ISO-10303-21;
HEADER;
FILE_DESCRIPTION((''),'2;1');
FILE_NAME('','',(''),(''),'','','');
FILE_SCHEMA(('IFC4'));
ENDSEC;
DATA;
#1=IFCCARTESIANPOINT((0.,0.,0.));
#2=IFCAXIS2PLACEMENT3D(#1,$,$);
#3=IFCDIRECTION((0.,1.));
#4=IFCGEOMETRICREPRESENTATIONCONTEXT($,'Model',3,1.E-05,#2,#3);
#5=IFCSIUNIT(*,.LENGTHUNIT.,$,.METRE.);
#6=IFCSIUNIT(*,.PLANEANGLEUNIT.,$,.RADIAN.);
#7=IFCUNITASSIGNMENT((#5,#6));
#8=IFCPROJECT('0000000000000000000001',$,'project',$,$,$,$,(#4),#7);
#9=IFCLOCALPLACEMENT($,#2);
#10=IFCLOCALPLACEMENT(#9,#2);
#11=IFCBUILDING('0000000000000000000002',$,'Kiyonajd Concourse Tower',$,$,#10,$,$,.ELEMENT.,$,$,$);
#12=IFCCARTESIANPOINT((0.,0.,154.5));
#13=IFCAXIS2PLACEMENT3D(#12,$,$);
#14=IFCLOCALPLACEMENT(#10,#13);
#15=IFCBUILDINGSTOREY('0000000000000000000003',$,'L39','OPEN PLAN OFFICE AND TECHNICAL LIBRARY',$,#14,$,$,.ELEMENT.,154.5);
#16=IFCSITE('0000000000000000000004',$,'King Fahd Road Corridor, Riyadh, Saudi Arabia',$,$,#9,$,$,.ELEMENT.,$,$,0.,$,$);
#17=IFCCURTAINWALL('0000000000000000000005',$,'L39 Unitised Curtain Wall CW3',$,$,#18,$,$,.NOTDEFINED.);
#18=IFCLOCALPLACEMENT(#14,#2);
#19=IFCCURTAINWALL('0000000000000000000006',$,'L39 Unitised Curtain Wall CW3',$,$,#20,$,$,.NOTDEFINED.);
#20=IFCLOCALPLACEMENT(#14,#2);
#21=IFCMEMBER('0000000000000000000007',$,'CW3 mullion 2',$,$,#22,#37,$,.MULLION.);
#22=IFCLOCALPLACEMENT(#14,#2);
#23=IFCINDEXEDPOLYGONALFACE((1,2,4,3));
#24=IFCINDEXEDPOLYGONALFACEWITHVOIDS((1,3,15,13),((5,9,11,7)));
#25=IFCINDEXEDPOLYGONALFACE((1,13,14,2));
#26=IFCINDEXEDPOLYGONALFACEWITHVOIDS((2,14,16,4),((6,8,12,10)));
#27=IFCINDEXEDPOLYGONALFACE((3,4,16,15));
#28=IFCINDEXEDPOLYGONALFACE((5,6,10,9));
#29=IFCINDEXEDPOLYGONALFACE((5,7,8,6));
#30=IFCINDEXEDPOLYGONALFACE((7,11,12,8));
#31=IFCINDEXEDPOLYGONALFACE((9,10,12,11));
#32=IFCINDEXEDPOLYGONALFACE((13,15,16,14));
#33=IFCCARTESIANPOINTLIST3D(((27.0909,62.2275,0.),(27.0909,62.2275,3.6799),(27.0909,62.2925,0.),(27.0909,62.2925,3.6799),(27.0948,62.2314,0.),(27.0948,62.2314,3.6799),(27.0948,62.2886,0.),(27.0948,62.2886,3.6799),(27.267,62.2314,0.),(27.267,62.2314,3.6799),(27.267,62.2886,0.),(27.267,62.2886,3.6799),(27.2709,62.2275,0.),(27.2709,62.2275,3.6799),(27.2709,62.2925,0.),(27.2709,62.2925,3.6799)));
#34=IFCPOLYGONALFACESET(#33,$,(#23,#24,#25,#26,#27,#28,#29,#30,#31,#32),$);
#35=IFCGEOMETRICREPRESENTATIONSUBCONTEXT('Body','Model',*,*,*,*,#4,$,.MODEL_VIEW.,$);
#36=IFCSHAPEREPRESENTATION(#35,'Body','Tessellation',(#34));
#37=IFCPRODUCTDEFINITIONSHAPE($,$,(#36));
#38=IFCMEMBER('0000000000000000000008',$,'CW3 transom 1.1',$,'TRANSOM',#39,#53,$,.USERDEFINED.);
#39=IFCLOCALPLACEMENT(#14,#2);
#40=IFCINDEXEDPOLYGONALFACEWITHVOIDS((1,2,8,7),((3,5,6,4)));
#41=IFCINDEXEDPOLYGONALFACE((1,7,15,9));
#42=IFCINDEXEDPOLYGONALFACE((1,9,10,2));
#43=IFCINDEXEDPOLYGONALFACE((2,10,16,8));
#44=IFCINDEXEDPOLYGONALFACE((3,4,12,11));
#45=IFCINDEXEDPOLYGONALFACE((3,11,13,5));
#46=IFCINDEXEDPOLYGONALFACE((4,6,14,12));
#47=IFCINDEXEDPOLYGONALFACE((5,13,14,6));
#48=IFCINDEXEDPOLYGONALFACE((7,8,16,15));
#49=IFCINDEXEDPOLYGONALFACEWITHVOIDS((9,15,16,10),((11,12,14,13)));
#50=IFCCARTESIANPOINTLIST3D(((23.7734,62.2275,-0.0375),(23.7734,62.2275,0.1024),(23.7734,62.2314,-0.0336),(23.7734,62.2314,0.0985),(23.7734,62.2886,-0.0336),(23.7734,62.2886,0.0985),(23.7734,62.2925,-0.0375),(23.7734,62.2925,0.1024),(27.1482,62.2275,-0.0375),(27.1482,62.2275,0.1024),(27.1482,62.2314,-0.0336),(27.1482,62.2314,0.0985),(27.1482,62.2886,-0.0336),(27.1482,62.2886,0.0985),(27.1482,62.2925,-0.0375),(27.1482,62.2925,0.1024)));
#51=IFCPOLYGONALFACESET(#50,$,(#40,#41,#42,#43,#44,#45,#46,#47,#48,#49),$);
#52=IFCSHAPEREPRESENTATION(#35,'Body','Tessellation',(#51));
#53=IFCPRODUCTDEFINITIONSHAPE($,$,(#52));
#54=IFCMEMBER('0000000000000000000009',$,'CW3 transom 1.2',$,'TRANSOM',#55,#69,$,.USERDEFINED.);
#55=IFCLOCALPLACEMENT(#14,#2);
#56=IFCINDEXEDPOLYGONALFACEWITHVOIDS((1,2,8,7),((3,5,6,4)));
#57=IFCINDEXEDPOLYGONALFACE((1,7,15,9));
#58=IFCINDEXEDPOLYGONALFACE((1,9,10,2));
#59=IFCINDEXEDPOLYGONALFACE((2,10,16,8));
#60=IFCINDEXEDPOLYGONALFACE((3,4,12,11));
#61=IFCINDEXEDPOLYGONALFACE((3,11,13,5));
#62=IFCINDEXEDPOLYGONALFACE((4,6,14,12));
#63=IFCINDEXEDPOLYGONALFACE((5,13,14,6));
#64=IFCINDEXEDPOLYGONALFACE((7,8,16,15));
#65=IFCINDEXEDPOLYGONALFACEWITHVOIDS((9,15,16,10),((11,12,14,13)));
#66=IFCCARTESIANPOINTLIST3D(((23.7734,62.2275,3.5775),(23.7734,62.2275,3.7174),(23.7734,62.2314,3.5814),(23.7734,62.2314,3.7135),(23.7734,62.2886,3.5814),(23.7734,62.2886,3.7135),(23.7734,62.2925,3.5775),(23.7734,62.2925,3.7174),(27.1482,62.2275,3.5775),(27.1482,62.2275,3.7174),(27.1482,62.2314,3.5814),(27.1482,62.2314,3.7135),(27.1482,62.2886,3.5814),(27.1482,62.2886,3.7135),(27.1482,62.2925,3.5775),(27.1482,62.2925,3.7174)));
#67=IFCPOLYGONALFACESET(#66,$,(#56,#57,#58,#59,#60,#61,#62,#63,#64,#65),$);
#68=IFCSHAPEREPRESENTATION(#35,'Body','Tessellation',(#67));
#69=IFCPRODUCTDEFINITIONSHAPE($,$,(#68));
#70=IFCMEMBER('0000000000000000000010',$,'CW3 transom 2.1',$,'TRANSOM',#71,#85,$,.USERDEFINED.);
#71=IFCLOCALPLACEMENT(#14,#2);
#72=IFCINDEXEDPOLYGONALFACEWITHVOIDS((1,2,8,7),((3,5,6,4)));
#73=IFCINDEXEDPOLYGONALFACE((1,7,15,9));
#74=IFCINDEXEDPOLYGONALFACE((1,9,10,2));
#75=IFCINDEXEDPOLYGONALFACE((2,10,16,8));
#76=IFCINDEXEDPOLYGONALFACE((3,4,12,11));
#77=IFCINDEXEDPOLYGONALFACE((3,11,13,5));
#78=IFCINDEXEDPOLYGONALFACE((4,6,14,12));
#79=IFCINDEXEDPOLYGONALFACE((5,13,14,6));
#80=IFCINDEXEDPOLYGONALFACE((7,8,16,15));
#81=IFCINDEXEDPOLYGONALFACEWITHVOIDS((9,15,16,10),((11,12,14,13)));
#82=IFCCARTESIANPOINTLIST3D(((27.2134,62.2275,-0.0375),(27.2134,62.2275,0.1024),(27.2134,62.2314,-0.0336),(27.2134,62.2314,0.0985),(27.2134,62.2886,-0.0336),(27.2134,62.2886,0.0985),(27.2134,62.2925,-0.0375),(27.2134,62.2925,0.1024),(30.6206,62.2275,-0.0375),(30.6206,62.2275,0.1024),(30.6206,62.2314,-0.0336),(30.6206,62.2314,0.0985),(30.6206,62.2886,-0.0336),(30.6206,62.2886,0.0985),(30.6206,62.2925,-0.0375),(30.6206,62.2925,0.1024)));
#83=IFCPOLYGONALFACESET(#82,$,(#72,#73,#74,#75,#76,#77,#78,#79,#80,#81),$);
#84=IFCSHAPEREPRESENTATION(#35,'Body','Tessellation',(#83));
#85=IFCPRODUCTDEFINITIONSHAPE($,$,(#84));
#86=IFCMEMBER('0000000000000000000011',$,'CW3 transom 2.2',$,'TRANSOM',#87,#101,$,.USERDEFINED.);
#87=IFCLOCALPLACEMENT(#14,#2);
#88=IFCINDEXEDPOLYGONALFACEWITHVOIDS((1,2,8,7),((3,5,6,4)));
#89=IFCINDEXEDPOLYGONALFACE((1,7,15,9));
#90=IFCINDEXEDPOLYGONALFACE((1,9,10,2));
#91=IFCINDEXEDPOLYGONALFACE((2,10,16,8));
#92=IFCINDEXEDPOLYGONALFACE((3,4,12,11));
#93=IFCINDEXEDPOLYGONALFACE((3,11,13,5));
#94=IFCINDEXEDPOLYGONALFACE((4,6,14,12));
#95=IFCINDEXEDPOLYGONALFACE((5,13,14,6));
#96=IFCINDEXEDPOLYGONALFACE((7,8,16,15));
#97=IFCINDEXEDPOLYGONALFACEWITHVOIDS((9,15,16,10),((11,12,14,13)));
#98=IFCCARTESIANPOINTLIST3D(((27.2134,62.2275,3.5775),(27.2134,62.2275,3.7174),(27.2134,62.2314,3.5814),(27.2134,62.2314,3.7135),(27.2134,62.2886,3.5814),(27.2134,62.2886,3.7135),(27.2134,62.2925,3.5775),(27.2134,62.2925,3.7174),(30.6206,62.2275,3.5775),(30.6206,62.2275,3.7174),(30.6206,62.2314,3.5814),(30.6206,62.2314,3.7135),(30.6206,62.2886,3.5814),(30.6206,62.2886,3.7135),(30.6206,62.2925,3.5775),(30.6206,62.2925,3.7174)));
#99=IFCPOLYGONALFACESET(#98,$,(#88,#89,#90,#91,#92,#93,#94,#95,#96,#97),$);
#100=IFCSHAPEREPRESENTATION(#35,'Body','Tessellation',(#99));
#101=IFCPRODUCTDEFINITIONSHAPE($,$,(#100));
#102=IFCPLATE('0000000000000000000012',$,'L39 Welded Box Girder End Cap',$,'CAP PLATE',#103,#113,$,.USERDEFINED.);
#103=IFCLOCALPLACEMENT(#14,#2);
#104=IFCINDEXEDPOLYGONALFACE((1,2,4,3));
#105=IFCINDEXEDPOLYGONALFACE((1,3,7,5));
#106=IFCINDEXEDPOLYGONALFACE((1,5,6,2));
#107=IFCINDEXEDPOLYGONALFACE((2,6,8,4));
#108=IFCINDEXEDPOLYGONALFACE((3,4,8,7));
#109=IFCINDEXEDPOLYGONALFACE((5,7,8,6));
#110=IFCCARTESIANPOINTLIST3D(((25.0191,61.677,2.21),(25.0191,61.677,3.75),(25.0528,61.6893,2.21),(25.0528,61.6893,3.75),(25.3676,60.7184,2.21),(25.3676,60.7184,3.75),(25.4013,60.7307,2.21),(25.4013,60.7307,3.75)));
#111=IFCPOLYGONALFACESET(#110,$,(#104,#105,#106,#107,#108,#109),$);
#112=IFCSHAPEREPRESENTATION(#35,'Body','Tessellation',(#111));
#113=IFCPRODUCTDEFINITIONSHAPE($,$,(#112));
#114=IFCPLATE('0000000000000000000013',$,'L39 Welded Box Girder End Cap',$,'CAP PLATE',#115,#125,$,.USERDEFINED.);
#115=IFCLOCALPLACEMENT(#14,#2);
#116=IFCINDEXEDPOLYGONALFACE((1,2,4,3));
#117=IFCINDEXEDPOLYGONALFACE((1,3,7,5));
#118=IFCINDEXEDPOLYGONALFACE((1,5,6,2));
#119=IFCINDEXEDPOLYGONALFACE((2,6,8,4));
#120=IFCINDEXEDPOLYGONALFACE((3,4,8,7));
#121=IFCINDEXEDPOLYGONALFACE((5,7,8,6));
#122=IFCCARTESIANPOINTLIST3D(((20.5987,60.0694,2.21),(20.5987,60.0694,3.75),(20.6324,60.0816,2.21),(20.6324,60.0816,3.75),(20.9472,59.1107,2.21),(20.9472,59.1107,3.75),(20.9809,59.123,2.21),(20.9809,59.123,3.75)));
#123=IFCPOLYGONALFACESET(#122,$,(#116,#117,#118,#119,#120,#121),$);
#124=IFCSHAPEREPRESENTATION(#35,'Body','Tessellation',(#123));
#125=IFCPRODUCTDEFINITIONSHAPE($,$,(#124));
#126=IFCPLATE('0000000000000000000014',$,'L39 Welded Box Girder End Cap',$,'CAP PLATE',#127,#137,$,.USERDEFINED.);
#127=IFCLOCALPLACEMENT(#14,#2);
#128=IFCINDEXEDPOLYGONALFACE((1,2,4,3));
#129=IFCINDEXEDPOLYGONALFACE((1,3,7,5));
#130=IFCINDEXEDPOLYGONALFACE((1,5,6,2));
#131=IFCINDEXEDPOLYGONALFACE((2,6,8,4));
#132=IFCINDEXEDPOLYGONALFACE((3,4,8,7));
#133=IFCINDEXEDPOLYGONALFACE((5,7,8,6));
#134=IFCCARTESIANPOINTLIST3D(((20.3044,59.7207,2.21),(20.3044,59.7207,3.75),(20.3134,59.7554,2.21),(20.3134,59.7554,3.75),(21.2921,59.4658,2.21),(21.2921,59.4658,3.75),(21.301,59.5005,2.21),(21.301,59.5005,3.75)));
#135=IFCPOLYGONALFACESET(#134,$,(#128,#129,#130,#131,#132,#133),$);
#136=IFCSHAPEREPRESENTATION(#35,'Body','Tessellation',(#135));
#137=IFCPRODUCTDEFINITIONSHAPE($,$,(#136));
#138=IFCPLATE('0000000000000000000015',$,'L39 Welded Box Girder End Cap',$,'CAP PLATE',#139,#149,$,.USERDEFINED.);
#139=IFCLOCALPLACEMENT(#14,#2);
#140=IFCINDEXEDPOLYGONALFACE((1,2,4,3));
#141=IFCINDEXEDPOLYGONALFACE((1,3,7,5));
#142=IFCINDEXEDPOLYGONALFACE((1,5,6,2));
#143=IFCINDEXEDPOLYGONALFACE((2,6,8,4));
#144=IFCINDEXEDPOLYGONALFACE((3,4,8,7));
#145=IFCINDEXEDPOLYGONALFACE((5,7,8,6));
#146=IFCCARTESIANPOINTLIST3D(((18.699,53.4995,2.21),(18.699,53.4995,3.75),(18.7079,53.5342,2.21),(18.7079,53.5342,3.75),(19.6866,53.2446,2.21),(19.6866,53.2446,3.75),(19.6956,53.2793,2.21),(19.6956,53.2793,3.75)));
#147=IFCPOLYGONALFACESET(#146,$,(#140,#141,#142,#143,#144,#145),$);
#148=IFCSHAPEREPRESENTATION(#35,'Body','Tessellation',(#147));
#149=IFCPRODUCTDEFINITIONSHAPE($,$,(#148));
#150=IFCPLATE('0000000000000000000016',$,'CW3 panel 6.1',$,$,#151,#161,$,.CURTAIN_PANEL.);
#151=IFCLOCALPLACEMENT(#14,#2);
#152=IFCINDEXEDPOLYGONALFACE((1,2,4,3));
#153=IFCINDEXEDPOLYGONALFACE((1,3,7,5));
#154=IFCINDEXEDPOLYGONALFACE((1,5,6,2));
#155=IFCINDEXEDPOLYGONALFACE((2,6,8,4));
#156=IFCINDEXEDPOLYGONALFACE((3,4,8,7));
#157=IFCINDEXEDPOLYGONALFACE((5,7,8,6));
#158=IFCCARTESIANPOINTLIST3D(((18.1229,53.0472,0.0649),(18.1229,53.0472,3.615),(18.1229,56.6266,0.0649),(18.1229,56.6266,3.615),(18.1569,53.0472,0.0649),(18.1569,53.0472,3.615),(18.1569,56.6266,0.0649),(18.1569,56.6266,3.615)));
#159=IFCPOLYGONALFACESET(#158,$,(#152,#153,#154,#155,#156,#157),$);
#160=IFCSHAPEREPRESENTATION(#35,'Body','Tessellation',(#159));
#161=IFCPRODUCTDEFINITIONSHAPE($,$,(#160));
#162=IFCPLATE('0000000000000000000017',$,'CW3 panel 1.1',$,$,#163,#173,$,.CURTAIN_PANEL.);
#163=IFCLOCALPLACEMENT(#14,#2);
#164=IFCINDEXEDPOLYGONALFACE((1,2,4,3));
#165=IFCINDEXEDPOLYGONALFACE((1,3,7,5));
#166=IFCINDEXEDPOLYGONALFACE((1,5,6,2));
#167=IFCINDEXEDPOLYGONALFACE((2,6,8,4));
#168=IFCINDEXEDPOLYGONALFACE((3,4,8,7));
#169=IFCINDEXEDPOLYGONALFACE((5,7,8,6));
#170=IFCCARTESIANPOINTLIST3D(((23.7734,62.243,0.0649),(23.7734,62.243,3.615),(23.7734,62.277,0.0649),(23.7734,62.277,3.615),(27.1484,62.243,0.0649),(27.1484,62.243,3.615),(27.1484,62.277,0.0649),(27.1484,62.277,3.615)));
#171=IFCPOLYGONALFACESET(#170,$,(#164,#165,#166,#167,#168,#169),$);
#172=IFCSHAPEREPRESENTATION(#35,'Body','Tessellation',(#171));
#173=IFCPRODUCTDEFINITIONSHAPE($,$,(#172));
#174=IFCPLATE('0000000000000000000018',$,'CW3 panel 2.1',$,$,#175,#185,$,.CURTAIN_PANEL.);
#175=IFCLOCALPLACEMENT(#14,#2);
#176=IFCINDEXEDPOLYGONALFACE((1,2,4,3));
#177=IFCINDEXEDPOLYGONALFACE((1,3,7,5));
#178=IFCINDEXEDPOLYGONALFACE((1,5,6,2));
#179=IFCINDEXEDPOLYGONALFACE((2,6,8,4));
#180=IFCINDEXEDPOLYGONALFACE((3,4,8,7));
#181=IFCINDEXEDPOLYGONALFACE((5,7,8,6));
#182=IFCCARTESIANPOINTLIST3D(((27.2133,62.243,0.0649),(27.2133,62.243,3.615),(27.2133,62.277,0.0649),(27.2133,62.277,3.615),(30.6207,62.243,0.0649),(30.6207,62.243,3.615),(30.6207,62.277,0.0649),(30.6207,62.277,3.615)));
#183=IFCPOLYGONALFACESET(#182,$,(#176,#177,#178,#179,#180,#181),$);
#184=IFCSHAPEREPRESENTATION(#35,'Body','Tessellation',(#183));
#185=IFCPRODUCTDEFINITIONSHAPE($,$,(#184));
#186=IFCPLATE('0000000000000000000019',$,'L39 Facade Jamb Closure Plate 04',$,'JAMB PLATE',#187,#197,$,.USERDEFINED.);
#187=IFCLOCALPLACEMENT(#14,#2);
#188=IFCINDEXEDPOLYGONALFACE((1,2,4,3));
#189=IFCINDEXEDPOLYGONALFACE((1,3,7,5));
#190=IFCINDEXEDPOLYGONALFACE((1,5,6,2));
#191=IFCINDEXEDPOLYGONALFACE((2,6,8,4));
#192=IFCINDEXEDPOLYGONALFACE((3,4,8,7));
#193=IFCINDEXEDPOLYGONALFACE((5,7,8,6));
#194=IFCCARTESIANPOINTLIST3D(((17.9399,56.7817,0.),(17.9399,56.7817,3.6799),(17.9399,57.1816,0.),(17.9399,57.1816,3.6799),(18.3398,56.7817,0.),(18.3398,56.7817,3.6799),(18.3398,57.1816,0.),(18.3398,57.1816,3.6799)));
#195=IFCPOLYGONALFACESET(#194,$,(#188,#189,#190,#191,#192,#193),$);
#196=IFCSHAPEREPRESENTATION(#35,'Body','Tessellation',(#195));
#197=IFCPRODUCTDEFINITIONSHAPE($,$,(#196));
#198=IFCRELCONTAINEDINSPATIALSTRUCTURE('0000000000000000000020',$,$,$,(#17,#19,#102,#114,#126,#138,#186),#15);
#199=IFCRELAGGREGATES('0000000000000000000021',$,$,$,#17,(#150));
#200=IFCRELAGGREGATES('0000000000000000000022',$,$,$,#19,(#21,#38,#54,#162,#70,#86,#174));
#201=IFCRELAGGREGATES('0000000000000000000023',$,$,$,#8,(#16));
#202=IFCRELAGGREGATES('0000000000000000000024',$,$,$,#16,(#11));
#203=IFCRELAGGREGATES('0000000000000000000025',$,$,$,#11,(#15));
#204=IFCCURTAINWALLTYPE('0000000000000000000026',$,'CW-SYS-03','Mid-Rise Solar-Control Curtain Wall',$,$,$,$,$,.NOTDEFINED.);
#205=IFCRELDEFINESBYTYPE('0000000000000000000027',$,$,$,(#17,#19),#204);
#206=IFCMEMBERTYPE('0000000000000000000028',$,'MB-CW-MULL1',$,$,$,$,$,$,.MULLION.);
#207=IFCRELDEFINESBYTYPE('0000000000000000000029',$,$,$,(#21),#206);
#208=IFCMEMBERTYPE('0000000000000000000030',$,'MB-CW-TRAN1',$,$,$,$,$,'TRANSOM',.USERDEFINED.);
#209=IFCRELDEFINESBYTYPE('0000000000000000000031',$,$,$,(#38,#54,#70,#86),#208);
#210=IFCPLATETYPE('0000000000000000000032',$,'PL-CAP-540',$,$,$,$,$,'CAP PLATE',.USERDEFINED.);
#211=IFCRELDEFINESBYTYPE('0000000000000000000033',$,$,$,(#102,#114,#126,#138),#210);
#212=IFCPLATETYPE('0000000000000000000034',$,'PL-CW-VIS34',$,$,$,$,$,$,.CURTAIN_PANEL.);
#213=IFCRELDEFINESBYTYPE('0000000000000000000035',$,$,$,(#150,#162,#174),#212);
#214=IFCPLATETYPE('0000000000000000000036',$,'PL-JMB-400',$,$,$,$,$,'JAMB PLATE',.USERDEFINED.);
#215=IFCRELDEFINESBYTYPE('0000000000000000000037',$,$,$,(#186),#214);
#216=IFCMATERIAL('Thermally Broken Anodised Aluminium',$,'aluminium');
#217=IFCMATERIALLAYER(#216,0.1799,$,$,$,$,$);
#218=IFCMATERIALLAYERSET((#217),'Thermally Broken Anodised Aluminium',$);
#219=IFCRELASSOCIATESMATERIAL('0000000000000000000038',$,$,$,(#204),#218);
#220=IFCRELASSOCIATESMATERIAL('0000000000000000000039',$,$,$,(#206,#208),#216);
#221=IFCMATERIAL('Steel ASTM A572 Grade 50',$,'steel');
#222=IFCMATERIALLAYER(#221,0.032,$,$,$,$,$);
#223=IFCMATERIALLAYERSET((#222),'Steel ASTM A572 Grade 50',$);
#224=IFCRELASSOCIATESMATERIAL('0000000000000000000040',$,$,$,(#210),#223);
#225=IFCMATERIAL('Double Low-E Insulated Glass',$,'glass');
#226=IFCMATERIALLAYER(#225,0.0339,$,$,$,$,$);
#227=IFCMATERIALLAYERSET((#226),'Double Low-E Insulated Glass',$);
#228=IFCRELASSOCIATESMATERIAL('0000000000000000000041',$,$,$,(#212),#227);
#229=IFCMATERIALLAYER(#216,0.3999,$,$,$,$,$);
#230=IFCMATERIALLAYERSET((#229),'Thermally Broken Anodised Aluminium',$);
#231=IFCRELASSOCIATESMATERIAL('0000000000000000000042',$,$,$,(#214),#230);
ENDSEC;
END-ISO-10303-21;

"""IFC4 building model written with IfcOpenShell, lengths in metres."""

from ifc_helpers import new_model, si_unit, direction, frame, origin, origin_2d, place, context, subcontext, project, spatial, rectangle, hollow_rectangle, extrude, material, layer, layer_set, material_profile, profile_set, type_object, element, aggregate, save


model = new_model("IFC4")

# Units and contexts
model_context = context("Model", 3, precision=1e-05, world=origin(), true_north=direction((0.0, 1.0)))
body_context = subcontext(model_context, "Body", "Model", "MODEL_VIEW")
ifc_project = project(units=[si_unit("LENGTHUNIT", "METRE"), si_unit("PLANEANGLEUNIT", "RADIAN")], contexts=[model_context])

# Site, building, storey
site_placement = place(None, origin())
site = spatial("IfcSite", under=ifc_project, at=site_placement, Name="King Fahd Road Corridor, Riyadh, Saudi Arabia", CompositionType="ELEMENT", RefElevation=0.0)
building_placement = place(site_placement, origin())
building = spatial("IfcBuilding", under=site, at=building_placement, Name="Kiyonajd Concourse Tower", CompositionType="ELEMENT")
storey_placement = place(building_placement, frame((0.0, 0.0, 154.5)))
storey = spatial("IfcBuildingStorey", under=building, at=storey_placement, Name="L39", Description="OPEN PLAN OFFICE AND TECHNICAL LIBRARY", CompositionType="ELEMENT", Elevation=154.5)

# Shared definitions
ifc_material_1 = material(Name="Steel ASTM A572 Grade 50", Category="steel")

# Curtain wall
ifc_material_2 = material(Name="Thermally Broken Anodised Aluminium", Category="aluminium")
ifc_layer_1 = layer(ifc_material_2, 0.1799)
ifc_layer_set_1 = layer_set([ifc_layer_1], Name="Thermally Broken Anodised Aluminium")
curtain_wall_type = type_object("IfcCurtainWallType", Name="CW-SYS-03", Description="Mid-Rise Solar-Control Curtain Wall", PredefinedType="NOTDEFINED", material=ifc_layer_set_1)
curtain_wall_1_placement = place(storey_placement, origin())
curtain_wall_1 = element("IfcCurtainWall", 1, at=curtain_wall_1_placement, inside=storey, type_object=curtain_wall_type, Name="L39 Unitised Curtain Wall CW3", PredefinedType="NOTDEFINED")
ifc_material_profile_1 = material_profile(ifc_material_2, hollow_rectangle(XDim=0.0649, YDim=0.1799, WallThickness=0.0039, at=origin_2d()), Name="MULL-65x180")
ifc_profile_set_1 = profile_set([ifc_material_profile_1], Name="Thermally Broken Anodised Aluminium")
member_type_1 = type_object("IfcMemberType", Name="MB-CW-MULL1", PredefinedType="MULLION", material=ifc_profile_set_1)

# Curtain wall, members
curtain_wall_2_placement = place(storey_placement, origin())
curtain_wall_2 = element("IfcCurtainWall", 2, at=curtain_wall_2_placement, inside=storey, type_object=curtain_wall_type, Name="L39 Unitised Curtain Wall CW3", PredefinedType="NOTDEFINED")
member_1_placement = place(storey_placement, frame((27.1809, 62.26, 0.0), z_axis=(0.0, 0.0, 1.0), x_axis=(0.0, 1.0, 0.0)))
member_1 = element("IfcMember", 3, at=member_1_placement, type_object=member_type_1, Name="CW3 mullion 2", PredefinedType="MULLION", context=body_context, shape_type="SweptSolid", body=[
    extrude(hollow_rectangle(XDim=0.0649, YDim=0.1799, WallThickness=0.0039, at=origin_2d()), origin(), (0.0, 0.0, 1.0), 3.6799),
])
ifc_material_profile_2 = material_profile(ifc_material_2, hollow_rectangle(XDim=0.0649, YDim=0.1399, WallThickness=0.0039, at=origin_2d()), Name="TRAN-65x140")
ifc_profile_set_2 = profile_set([ifc_material_profile_2], Name="Thermally Broken Anodised Aluminium")
member_type_2 = type_object("IfcMemberType", Name="MB-CW-TRAN1", ElementType="TRANSOM", PredefinedType="USERDEFINED", material=ifc_profile_set_2)
member_2_placement = place(storey_placement, frame((23.7734, 62.26, 0.0325), z_axis=(1.0, 0.0, 0.0), x_axis=(0.0, 1.0, 0.0)))
member_2 = element("IfcMember", 4, at=member_2_placement, type_object=member_type_2, Name="CW3 transom 1.1", ObjectType="TRANSOM", PredefinedType="USERDEFINED", context=body_context, shape_type="SweptSolid", body=[
    extrude(hollow_rectangle(XDim=0.0649, YDim=0.1399, WallThickness=0.0039, at=origin_2d()), origin(), (0.0, 0.0, 1.0), 3.3748),
])
member_3_placement = place(storey_placement, frame((23.7734, 62.26, 3.6475), z_axis=(1.0, 0.0, 0.0), x_axis=(0.0, 1.0, 0.0)))
member_3 = element("IfcMember", 5, at=member_3_placement, type_object=member_type_2, Name="CW3 transom 1.2", ObjectType="TRANSOM", PredefinedType="USERDEFINED", context=body_context, shape_type="SweptSolid", body=[
    extrude(hollow_rectangle(XDim=0.0649, YDim=0.1399, WallThickness=0.0039, at=origin_2d()), origin(), (0.0, 0.0, 1.0), 3.3748),
])
member_4_placement = place(storey_placement, frame((27.2134, 62.26, 0.0325), z_axis=(1.0, 0.0, 0.0), x_axis=(0.0, 1.0, 0.0)))
member_4 = element("IfcMember", 6, at=member_4_placement, type_object=member_type_2, Name="CW3 transom 2.1", ObjectType="TRANSOM", PredefinedType="USERDEFINED", context=body_context, shape_type="SweptSolid", body=[
    extrude(hollow_rectangle(XDim=0.0649, YDim=0.1399, WallThickness=0.0039, at=origin_2d()), origin(), (0.0, 0.0, 1.0), 3.4072),
])
member_5_placement = place(storey_placement, frame((27.2134, 62.26, 3.6475), z_axis=(1.0, 0.0, 0.0), x_axis=(0.0, 1.0, 0.0)))
member_5 = element("IfcMember", 7, at=member_5_placement, type_object=member_type_2, Name="CW3 transom 2.2", ObjectType="TRANSOM", PredefinedType="USERDEFINED", context=body_context, shape_type="SweptSolid", body=[
    extrude(hollow_rectangle(XDim=0.0649, YDim=0.1399, WallThickness=0.0039, at=origin_2d()), origin(), (0.0, 0.0, 1.0), 3.4072),
])

# Plates
ifc_layer_2 = layer(ifc_material_1, 0.032)
ifc_layer_set_2 = layer_set([ifc_layer_2], Name="Steel ASTM A572 Grade 50")
plate_type_1 = type_object("IfcPlateType", Name="PL-CAP-540", ElementType="CAP PLATE", PredefinedType="USERDEFINED", material=ifc_layer_set_2)
for number, where, z_axis, x_axis, name in (
    (8, (25.2102, 61.2039, 2.21), (0.0, 0.0, 1.0), (0.939812, 0.341692, 0.0), "L39 Welded Box Girder End Cap"),
    (9, (20.7898, 59.5962, 2.21), (0.0, 0.0, 1.0), (-0.939812, -0.341692, 0.0), "L39 Welded Box Girder End Cap"),
    (10, (20.8027, 59.6106, 2.21), (0.0, 0.0, 1.0), (0.249873, 0.968279, 0.0), "L39 Welded Box Girder End Cap"),
    (11, (19.1973, 53.3894, 2.21), (0.0, 0.0, 1.0), (-0.249873, -0.968279, 0.0), "L39 Welded Box Girder End Cap"),
):
    element("IfcPlate", number, at=place(storey_placement, frame(where, z_axis=z_axis, x_axis=x_axis)), inside=storey, type_object=plate_type_1, Name=name, ObjectType="CAP PLATE", PredefinedType="USERDEFINED", context=body_context, shape_type="SweptSolid", body=[
        extrude(rectangle(XDim=0.0359, YDim=1.02, at=origin_2d()), origin(), (0.0, 0.0, 1.0), 1.54),
    ])

# Plates
ifc_material_3 = material(Name="Double Low-E Insulated Glass", Category="glass")
ifc_layer_3 = layer(ifc_material_3, 0.0339)
ifc_layer_set_3 = layer_set([ifc_layer_3], Name="Double Low-E Insulated Glass")
plate_type_2 = type_object("IfcPlateType", Name="PL-CW-VIS34", PredefinedType="CURTAIN_PANEL", material=ifc_layer_set_3)
plate_1_placement = place(storey_placement, frame((18.1399, 54.8369, 0.0649), z_axis=(0.0, 0.0, 1.0), x_axis=(0.0, 1.0, 0.0)))
plate_1 = element("IfcPlate", 12, at=plate_1_placement, type_object=plate_type_2, Name="CW3 panel 6.1", PredefinedType="CURTAIN_PANEL", context=body_context, shape_type="SweptSolid", body=[
    extrude(rectangle(XDim=3.5793, YDim=0.0339, at=origin_2d()), origin(), (0.0, 0.0, 1.0), 3.55),
])
aggregate(curtain_wall_1, [plate_1])
plate_2_placement = place(storey_placement, frame((25.4609, 62.26, 0.0649), z_axis=(0.0, 0.0, 1.0), x_axis=(1.0, 0.0, 0.0)))
plate_2 = element("IfcPlate", 13, at=plate_2_placement, type_object=plate_type_2, Name="CW3 panel 1.1", PredefinedType="CURTAIN_PANEL", context=body_context, shape_type="SweptSolid", body=[
    extrude(rectangle(XDim=3.375, YDim=0.0339, at=origin_2d()), origin(), (0.0, 0.0, 1.0), 3.55),
])
plate_3_placement = place(storey_placement, frame((28.917, 62.26, 0.0649), z_axis=(0.0, 0.0, 1.0), x_axis=(1.0, 0.0, 0.0)))
plate_3 = element("IfcPlate", 14, at=plate_3_placement, type_object=plate_type_2, Name="CW3 panel 2.1", PredefinedType="CURTAIN_PANEL", context=body_context, shape_type="SweptSolid", body=[
    extrude(rectangle(XDim=3.4075, YDim=0.0339, at=origin_2d()), origin(), (0.0, 0.0, 1.0), 3.55),
])
aggregate(curtain_wall_2, [member_1, member_2, member_3, plate_2, member_4, member_5, plate_3])

# Plate
ifc_layer_4 = layer(ifc_material_2, 0.3999)
ifc_layer_set_4 = layer_set([ifc_layer_4], Name="Thermally Broken Anodised Aluminium")
plate_type_3 = type_object("IfcPlateType", Name="PL-JMB-400", ElementType="JAMB PLATE", PredefinedType="USERDEFINED", material=ifc_layer_set_4)
for number, where, z_axis, x_axis, name in (
    (15, (18.1399, 56.9817, 0.0), (0.0, 0.0, 1.0), (1.0, 0.0, 0.0), "L39 Facade Jamb Closure Plate 04"),
):
    element("IfcPlate", number, at=place(storey_placement, frame(where, z_axis=z_axis, x_axis=x_axis)), inside=storey, type_object=plate_type_3, Name=name, ObjectType="JAMB PLATE", PredefinedType="USERDEFINED", context=body_context, shape_type="SweptSolid", body=[
        extrude(rectangle(XDim=0.3999, YDim=0.3999, at=origin_2d()), origin(), (0.0, 0.0, 1.0), 3.6799),
    ])

save(model, "model.ifc")
